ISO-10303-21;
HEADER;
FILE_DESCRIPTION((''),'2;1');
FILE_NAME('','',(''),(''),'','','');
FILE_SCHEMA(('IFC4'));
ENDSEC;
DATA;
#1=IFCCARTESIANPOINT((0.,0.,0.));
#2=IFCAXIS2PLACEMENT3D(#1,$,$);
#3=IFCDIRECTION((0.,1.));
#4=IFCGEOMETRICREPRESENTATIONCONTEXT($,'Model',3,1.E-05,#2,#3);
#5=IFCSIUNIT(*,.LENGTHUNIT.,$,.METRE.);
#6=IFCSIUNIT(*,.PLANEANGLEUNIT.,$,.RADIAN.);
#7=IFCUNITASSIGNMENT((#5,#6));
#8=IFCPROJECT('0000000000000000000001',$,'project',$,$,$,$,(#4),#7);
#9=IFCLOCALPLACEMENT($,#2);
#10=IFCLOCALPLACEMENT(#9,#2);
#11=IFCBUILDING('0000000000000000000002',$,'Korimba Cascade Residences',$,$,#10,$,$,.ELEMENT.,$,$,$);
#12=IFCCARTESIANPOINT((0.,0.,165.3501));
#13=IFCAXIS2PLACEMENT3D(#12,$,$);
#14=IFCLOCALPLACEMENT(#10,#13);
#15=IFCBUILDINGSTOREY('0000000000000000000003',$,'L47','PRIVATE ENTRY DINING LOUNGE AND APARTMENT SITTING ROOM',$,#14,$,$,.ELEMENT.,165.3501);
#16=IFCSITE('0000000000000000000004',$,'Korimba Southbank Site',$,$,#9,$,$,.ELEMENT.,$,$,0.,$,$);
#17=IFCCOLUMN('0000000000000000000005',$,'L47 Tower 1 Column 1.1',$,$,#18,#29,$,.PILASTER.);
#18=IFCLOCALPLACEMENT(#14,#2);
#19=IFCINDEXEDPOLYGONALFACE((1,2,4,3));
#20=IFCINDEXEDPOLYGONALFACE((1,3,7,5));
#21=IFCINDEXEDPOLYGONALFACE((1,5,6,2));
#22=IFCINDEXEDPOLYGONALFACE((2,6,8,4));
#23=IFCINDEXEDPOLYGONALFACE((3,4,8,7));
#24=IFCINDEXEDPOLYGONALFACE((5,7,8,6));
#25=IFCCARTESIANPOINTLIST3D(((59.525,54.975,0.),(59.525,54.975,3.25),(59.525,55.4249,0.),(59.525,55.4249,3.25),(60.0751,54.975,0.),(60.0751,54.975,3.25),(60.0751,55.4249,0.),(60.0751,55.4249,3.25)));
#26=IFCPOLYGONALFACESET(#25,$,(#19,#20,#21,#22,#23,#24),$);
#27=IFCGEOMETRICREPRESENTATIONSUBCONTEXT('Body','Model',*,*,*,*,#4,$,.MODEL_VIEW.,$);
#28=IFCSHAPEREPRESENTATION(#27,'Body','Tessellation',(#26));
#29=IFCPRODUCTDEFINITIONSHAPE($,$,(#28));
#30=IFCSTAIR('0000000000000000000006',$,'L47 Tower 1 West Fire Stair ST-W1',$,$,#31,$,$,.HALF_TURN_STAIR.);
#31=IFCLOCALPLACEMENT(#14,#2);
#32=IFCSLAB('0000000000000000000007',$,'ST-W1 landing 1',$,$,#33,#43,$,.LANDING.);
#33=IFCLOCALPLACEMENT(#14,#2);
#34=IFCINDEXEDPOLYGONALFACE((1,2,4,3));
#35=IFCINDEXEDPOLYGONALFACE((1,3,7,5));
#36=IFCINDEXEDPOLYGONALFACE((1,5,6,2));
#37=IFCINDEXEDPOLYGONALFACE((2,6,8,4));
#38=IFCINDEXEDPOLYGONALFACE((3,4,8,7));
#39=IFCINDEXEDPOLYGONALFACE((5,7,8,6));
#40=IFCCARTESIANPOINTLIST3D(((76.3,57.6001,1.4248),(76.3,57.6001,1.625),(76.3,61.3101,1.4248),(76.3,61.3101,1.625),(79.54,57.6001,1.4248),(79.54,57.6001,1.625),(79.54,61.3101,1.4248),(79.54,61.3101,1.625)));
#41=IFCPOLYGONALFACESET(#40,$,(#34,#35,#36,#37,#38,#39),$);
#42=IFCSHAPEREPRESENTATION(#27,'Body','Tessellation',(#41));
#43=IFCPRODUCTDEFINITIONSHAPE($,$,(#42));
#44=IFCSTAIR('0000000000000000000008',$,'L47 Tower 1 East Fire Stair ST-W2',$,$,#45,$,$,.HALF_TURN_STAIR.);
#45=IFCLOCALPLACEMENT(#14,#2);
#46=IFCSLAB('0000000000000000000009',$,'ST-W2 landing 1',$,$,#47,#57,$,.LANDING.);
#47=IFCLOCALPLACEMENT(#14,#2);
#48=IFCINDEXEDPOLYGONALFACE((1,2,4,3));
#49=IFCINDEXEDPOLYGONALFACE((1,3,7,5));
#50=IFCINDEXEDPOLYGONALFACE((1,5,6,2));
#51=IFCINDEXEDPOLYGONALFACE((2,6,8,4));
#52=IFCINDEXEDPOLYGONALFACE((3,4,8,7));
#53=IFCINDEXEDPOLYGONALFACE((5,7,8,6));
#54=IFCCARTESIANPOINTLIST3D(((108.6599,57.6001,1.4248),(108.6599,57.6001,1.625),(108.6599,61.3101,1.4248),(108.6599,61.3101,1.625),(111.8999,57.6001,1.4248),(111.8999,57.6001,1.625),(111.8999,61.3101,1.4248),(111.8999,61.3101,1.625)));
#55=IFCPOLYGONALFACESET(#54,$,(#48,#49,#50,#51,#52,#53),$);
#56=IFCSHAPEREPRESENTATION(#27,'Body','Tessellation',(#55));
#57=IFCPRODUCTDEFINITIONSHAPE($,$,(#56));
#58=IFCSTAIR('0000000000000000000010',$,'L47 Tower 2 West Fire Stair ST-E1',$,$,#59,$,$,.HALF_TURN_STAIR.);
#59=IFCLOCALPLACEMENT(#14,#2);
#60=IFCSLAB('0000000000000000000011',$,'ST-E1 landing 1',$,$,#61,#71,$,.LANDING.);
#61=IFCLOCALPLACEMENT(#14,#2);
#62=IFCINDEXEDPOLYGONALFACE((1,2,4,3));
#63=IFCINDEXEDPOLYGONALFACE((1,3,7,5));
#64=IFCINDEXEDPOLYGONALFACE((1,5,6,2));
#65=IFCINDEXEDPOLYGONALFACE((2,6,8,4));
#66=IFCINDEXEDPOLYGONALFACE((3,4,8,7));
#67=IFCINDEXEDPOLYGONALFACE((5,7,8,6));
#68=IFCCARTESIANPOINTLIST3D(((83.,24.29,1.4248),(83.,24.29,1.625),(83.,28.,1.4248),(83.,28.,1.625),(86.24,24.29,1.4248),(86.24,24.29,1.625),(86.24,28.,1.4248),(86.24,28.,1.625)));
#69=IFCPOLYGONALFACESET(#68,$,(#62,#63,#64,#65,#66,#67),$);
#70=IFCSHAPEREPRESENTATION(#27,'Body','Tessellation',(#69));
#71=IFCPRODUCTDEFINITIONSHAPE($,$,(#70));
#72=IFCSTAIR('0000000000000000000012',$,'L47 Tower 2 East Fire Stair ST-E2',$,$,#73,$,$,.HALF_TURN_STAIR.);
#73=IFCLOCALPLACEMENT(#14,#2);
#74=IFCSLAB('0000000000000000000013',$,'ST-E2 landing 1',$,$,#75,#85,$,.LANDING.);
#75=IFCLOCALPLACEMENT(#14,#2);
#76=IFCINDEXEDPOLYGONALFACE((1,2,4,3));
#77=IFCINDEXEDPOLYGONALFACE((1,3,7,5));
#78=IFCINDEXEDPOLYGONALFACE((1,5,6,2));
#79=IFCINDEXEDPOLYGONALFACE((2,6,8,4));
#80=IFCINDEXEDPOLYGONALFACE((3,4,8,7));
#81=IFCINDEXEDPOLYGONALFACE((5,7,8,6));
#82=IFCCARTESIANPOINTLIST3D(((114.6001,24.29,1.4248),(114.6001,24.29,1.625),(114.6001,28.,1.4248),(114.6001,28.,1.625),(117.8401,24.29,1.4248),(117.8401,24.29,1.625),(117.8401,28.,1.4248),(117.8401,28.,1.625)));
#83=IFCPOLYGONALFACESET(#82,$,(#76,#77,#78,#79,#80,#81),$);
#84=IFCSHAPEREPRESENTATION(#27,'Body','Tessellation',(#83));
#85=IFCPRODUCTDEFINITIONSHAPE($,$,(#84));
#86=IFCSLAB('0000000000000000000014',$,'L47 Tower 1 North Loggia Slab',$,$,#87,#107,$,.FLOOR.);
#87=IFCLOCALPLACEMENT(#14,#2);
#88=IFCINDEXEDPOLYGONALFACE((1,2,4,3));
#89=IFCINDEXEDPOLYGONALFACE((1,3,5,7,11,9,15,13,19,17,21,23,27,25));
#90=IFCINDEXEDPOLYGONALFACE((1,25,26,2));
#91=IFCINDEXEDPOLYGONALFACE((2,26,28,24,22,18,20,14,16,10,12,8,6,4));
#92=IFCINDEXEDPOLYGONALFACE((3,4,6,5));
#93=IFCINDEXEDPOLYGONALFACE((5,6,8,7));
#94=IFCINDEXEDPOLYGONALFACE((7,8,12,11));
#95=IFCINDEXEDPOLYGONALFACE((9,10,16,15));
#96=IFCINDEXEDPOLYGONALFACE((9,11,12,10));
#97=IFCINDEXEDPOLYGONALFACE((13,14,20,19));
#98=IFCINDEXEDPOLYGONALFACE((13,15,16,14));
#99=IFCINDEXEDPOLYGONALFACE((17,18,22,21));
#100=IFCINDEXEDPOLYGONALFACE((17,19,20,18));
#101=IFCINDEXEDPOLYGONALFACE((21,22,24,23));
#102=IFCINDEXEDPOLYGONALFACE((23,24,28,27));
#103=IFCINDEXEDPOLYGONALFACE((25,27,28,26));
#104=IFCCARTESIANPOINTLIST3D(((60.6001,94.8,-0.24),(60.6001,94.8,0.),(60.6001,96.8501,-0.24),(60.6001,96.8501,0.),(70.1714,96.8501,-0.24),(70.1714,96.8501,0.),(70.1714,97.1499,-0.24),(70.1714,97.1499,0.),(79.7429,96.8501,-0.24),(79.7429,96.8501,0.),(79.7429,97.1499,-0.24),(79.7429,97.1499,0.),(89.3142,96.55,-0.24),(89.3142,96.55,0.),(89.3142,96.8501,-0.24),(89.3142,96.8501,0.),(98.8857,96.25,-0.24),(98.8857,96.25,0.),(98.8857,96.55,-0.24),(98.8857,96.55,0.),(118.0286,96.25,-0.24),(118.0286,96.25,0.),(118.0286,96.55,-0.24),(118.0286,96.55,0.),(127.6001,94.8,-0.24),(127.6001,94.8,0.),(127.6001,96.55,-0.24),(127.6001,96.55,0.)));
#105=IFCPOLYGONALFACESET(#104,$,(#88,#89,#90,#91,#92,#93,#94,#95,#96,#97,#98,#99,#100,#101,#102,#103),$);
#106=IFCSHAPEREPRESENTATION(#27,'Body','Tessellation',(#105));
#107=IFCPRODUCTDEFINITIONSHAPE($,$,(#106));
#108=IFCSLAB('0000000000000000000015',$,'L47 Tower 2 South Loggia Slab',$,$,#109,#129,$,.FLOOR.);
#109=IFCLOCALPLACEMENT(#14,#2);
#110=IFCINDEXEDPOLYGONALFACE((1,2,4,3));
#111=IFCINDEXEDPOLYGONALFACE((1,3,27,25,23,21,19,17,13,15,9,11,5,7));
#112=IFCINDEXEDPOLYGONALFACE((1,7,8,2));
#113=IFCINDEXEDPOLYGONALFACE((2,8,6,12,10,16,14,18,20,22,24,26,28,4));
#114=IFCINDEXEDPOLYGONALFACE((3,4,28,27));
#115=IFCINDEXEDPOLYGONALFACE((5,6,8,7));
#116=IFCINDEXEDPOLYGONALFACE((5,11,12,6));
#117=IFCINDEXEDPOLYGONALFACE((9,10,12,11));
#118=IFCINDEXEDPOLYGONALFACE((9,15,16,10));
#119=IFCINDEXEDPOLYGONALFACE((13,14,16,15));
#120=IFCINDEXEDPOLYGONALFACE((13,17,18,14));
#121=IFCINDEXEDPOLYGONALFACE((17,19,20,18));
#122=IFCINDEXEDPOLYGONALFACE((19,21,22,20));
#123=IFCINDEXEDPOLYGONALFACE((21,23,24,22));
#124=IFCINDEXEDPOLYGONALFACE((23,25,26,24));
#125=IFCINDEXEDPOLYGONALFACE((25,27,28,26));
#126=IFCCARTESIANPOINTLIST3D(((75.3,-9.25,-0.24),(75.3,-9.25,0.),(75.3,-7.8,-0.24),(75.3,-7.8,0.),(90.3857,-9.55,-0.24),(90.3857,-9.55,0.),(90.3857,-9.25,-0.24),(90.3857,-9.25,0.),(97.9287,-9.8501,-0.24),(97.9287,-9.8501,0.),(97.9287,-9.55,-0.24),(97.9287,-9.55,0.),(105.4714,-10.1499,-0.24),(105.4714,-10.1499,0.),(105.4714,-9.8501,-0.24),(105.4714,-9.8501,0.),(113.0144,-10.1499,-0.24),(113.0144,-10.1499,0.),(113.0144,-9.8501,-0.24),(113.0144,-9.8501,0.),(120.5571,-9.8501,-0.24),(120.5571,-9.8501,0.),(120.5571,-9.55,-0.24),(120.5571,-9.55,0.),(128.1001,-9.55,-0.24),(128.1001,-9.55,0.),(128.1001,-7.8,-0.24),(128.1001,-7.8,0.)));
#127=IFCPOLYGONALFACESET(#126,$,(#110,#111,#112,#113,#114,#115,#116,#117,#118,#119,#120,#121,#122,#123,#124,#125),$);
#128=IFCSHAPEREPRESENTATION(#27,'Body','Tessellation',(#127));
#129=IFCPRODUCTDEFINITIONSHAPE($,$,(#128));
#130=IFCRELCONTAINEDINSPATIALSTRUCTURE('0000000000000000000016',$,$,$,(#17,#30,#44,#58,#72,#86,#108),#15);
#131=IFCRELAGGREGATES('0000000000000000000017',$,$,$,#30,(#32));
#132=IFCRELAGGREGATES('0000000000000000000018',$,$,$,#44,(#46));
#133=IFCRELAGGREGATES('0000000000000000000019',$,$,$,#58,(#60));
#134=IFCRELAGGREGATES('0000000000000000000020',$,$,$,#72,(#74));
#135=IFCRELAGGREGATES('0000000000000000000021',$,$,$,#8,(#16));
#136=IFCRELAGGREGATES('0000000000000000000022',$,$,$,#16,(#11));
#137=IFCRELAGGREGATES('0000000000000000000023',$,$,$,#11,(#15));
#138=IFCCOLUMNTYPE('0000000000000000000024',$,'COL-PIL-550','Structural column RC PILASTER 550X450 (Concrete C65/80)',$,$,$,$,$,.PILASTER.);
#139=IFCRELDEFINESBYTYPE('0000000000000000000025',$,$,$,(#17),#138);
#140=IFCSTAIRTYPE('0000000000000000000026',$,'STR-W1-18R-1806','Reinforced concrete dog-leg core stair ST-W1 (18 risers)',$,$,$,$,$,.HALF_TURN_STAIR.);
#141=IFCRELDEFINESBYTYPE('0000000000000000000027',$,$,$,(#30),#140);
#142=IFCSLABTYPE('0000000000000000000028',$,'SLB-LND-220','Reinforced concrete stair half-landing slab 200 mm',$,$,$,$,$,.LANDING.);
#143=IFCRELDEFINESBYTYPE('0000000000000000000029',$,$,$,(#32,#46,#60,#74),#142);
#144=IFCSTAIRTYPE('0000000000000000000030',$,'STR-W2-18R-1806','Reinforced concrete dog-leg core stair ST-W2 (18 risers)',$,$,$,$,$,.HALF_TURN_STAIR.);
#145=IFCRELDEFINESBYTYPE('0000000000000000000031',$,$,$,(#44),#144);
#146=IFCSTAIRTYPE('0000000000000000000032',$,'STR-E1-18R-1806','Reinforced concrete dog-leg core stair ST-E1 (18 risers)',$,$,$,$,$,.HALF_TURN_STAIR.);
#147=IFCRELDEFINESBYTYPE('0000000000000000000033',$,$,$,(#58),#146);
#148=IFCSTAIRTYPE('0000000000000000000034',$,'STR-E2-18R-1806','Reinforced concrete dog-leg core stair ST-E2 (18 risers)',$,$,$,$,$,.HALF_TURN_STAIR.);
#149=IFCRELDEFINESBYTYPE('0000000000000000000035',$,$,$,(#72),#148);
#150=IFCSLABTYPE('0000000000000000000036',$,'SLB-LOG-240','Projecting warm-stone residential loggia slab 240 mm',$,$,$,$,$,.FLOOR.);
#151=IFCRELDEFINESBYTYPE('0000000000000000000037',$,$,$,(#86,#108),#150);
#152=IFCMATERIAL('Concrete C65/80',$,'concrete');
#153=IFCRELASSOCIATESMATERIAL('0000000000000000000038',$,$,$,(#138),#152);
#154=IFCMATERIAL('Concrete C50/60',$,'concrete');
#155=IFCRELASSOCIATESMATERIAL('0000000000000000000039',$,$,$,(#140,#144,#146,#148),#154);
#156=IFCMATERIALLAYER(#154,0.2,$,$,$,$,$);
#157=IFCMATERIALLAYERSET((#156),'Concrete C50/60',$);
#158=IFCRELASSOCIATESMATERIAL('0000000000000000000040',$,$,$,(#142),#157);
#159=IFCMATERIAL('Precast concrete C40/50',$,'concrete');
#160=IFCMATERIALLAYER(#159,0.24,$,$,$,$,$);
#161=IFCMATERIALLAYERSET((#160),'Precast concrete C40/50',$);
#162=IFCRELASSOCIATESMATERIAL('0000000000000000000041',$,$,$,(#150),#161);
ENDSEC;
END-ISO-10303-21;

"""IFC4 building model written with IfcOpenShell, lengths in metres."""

from ifc_helpers import new_model, si_unit, direction, frame, origin, origin_2d, place, context, subcontext, project, spatial, polyline, rectangle, outline, extrude, material, layer, layer_set, material_profile, profile_set, type_object, element, aggregate, save


model = new_model("IFC4")

# Units and contexts
model_context = context("Model", 3, precision=1e-05, world=origin(), true_north=direction((0.0, 1.0)))
body_context = subcontext(model_context, "Body", "Model", "MODEL_VIEW")
ifc_project = project(units=[si_unit("LENGTHUNIT", "METRE"), si_unit("PLANEANGLEUNIT", "RADIAN")], contexts=[model_context])

# Site, building, storey
site_placement = place(None, origin())
site = spatial("IfcSite", under=ifc_project, at=site_placement, Name="Korimba Southbank Site", CompositionType="ELEMENT", RefElevation=0.0)
building_placement = place(site_placement, origin())
building = spatial("IfcBuilding", under=site, at=building_placement, Name="Korimba Cascade Residences", CompositionType="ELEMENT")
storey_placement = place(building_placement, frame((0.0, 0.0, 165.3501)))
storey = spatial("IfcBuildingStorey", under=building, at=storey_placement, Name="L47", Description="PRIVATE ENTRY DINING LOUNGE AND APARTMENT SITTING ROOM", CompositionType="ELEMENT", Elevation=165.3501)

# Column
ifc_material_1 = material(Name="Concrete C65/80", Category="concrete")
ifc_material_profile = material_profile(ifc_material_1, rectangle(XDim=0.55, YDim=0.45, at=origin_2d()), Name="Concrete C65/80")
ifc_profile_set = profile_set([ifc_material_profile], Name="Concrete C65/80")
column_type = type_object("IfcColumnType", Name="COL-PIL-550", Description="Structural column RC PILASTER 550X450 (Concrete C65/80)", PredefinedType="PILASTER", material=ifc_profile_set)
column_placement = place(storey_placement, frame((59.8, 55.2, 0.0), z_axis=(0.0, 0.0, 1.0), x_axis=(1.0, 0.0, 0.0)))
element("IfcColumn", 1, at=column_placement, inside=storey, type_object=column_type, Name="L47 Tower 1 Column 1.1", PredefinedType="PILASTER", context=body_context, shape_type="SweptSolid", body=[
    extrude(rectangle(XDim=0.55, YDim=0.45, at=origin_2d()), origin(), (0.0, 0.0, 1.0), 3.25),
])

# Stairs, slabs
ifc_material_2 = material(Name="Concrete C50/60", Category="concrete")
stair_type_1 = type_object("IfcStairType", Name="STR-W1-18R-1806", Description="Reinforced concrete dog-leg core stair ST-W1 (18 risers)", PredefinedType="HALF_TURN_STAIR", material=ifc_material_2)
stair_1_placement = place(storey_placement, origin())
stair_1 = element("IfcStair", 2, at=stair_1_placement, inside=storey, type_object=stair_type_1, Name="L47 Tower 1 West Fire Stair ST-W1", PredefinedType="HALF_TURN_STAIR")
ifc_layer_1 = layer(ifc_material_2, 0.2)
ifc_layer_set_1 = layer_set([ifc_layer_1], Name="Concrete C50/60")
slab_type_1 = type_object("IfcSlabType", Name="SLB-LND-220", Description="Reinforced concrete stair half-landing slab 200 mm", PredefinedType="LANDING", material=ifc_layer_set_1)
slab_1_placement = place(storey_placement, frame((0.0, 0.0, 1.4248)))
slab_1 = element("IfcSlab", 3, at=slab_1_placement, type_object=slab_type_1, Name="ST-W1 landing 1", PredefinedType="LANDING", context=body_context, shape_type="SweptSolid", body=[
    extrude(outline(polyline([(76.3, 61.3101), (76.3, 57.6001), (79.54, 57.6001), (79.54, 61.3101), (76.3, 61.3101)])), origin(), (0.0, 0.0, 1.0), 0.2002),
])
aggregate(stair_1, [slab_1])
stair_type_2 = type_object("IfcStairType", Name="STR-W2-18R-1806", Description="Reinforced concrete dog-leg core stair ST-W2 (18 risers)", PredefinedType="HALF_TURN_STAIR", material=ifc_material_2)
stair_2_placement = place(storey_placement, origin())
stair_2 = element("IfcStair", 4, at=stair_2_placement, inside=storey, type_object=stair_type_2, Name="L47 Tower 1 East Fire Stair ST-W2", PredefinedType="HALF_TURN_STAIR")
slab_2_placement = place(storey_placement, frame((0.0, 0.0, 1.4248)))
slab_2 = element("IfcSlab", 5, at=slab_2_placement, type_object=slab_type_1, Name="ST-W2 landing 1", PredefinedType="LANDING", context=body_context, shape_type="SweptSolid", body=[
    extrude(outline(polyline([(108.6599, 61.3101), (108.6599, 57.6001), (111.8999, 57.6001), (111.8999, 61.3101), (108.6599, 61.3101)])), origin(), (0.0, 0.0, 1.0), 0.2002),
])
aggregate(stair_2, [slab_2])
stair_type_3 = type_object("IfcStairType", Name="STR-E1-18R-1806", Description="Reinforced concrete dog-leg core stair ST-E1 (18 risers)", PredefinedType="HALF_TURN_STAIR", material=ifc_material_2)
stair_3_placement = place(storey_placement, origin())
stair_3 = element("IfcStair", 6, at=stair_3_placement, inside=storey, type_object=stair_type_3, Name="L47 Tower 2 West Fire Stair ST-E1", PredefinedType="HALF_TURN_STAIR")
slab_3_placement = place(storey_placement, frame((0.0, 0.0, 1.4248)))
slab_3 = element("IfcSlab", 7, at=slab_3_placement, type_object=slab_type_1, Name="ST-E1 landing 1", PredefinedType="LANDING", context=body_context, shape_type="SweptSolid", body=[
    extrude(outline(polyline([(86.24, 24.29), (86.24, 28.0), (83.0, 28.0), (83.0, 24.29), (86.24, 24.29)])), origin(), (0.0, 0.0, 1.0), 0.2002),
])
aggregate(stair_3, [slab_3])
stair_type_4 = type_object("IfcStairType", Name="STR-E2-18R-1806", Description="Reinforced concrete dog-leg core stair ST-E2 (18 risers)", PredefinedType="HALF_TURN_STAIR", material=ifc_material_2)
stair_4_placement = place(storey_placement, origin())
stair_4 = element("IfcStair", 8, at=stair_4_placement, inside=storey, type_object=stair_type_4, Name="L47 Tower 2 East Fire Stair ST-E2", PredefinedType="HALF_TURN_STAIR")
slab_4_placement = place(storey_placement, frame((0.0, 0.0, 1.4248)))
slab_4 = element("IfcSlab", 9, at=slab_4_placement, type_object=slab_type_1, Name="ST-E2 landing 1", PredefinedType="LANDING", context=body_context, shape_type="SweptSolid", body=[
    extrude(outline(polyline([(117.8401, 24.29), (117.8401, 28.0), (114.6001, 28.0), (114.6001, 24.29), (117.8401, 24.29)])), origin(), (0.0, 0.0, 1.0), 0.2002),
])
aggregate(stair_4, [slab_4])

# Slabs
ifc_material_3 = material(Name="Precast concrete C40/50", Category="concrete")
ifc_layer_2 = layer(ifc_material_3, 0.24)
ifc_layer_set_2 = layer_set([ifc_layer_2], Name="Precast concrete C40/50")
slab_type_2 = type_object("IfcSlabType", Name="SLB-LOG-240", Description="Projecting warm-stone residential loggia slab 240 mm", PredefinedType="FLOOR", material=ifc_layer_set_2)
slab_5_placement = place(storey_placement, frame((0.0, 0.0, -0.24)))
element("IfcSlab", 10, at=slab_5_placement, inside=storey, type_object=slab_type_2, Name="L47 Tower 1 North Loggia Slab", PredefinedType="FLOOR", context=body_context, shape_type="SweptSolid", body=[
    extrude(outline(polyline([(60.6001, 94.8), (127.6001, 94.8), (127.6001, 96.55), (118.0286, 96.55), (118.0286, 96.25), (98.8857, 96.25), (98.8857, 96.55), (89.3142, 96.55), (89.3142, 96.8501), (79.7429, 96.8501), (79.7429, 97.1499), (70.1714, 97.1499), (70.1714, 96.8501), (60.6001, 96.8501), (60.6001, 94.8)])), origin(), (0.0, 0.0, 1.0), 0.24),
])
slab_6_placement = place(storey_placement, frame((0.0, 0.0, -0.24)))
element("IfcSlab", 11, at=slab_6_placement, inside=storey, type_object=slab_type_2, Name="L47 Tower 2 South Loggia Slab", PredefinedType="FLOOR", context=body_context, shape_type="SweptSolid", body=[
    extrude(outline(polyline([(75.3, -9.25), (90.3857, -9.25), (90.3857, -9.55), (97.9287, -9.55), (97.9287, -9.8501), (105.4714, -9.8501), (105.4714, -10.1499), (113.0144, -10.1499), (113.0144, -9.8501), (120.5571, -9.8501), (120.5571, -9.55), (128.1001, -9.55), (128.1001, -7.8), (75.3, -7.8), (75.3, -9.25)])), origin(), (0.0, 0.0, 1.0), 0.24),
])

save(model, "model.ifc")
